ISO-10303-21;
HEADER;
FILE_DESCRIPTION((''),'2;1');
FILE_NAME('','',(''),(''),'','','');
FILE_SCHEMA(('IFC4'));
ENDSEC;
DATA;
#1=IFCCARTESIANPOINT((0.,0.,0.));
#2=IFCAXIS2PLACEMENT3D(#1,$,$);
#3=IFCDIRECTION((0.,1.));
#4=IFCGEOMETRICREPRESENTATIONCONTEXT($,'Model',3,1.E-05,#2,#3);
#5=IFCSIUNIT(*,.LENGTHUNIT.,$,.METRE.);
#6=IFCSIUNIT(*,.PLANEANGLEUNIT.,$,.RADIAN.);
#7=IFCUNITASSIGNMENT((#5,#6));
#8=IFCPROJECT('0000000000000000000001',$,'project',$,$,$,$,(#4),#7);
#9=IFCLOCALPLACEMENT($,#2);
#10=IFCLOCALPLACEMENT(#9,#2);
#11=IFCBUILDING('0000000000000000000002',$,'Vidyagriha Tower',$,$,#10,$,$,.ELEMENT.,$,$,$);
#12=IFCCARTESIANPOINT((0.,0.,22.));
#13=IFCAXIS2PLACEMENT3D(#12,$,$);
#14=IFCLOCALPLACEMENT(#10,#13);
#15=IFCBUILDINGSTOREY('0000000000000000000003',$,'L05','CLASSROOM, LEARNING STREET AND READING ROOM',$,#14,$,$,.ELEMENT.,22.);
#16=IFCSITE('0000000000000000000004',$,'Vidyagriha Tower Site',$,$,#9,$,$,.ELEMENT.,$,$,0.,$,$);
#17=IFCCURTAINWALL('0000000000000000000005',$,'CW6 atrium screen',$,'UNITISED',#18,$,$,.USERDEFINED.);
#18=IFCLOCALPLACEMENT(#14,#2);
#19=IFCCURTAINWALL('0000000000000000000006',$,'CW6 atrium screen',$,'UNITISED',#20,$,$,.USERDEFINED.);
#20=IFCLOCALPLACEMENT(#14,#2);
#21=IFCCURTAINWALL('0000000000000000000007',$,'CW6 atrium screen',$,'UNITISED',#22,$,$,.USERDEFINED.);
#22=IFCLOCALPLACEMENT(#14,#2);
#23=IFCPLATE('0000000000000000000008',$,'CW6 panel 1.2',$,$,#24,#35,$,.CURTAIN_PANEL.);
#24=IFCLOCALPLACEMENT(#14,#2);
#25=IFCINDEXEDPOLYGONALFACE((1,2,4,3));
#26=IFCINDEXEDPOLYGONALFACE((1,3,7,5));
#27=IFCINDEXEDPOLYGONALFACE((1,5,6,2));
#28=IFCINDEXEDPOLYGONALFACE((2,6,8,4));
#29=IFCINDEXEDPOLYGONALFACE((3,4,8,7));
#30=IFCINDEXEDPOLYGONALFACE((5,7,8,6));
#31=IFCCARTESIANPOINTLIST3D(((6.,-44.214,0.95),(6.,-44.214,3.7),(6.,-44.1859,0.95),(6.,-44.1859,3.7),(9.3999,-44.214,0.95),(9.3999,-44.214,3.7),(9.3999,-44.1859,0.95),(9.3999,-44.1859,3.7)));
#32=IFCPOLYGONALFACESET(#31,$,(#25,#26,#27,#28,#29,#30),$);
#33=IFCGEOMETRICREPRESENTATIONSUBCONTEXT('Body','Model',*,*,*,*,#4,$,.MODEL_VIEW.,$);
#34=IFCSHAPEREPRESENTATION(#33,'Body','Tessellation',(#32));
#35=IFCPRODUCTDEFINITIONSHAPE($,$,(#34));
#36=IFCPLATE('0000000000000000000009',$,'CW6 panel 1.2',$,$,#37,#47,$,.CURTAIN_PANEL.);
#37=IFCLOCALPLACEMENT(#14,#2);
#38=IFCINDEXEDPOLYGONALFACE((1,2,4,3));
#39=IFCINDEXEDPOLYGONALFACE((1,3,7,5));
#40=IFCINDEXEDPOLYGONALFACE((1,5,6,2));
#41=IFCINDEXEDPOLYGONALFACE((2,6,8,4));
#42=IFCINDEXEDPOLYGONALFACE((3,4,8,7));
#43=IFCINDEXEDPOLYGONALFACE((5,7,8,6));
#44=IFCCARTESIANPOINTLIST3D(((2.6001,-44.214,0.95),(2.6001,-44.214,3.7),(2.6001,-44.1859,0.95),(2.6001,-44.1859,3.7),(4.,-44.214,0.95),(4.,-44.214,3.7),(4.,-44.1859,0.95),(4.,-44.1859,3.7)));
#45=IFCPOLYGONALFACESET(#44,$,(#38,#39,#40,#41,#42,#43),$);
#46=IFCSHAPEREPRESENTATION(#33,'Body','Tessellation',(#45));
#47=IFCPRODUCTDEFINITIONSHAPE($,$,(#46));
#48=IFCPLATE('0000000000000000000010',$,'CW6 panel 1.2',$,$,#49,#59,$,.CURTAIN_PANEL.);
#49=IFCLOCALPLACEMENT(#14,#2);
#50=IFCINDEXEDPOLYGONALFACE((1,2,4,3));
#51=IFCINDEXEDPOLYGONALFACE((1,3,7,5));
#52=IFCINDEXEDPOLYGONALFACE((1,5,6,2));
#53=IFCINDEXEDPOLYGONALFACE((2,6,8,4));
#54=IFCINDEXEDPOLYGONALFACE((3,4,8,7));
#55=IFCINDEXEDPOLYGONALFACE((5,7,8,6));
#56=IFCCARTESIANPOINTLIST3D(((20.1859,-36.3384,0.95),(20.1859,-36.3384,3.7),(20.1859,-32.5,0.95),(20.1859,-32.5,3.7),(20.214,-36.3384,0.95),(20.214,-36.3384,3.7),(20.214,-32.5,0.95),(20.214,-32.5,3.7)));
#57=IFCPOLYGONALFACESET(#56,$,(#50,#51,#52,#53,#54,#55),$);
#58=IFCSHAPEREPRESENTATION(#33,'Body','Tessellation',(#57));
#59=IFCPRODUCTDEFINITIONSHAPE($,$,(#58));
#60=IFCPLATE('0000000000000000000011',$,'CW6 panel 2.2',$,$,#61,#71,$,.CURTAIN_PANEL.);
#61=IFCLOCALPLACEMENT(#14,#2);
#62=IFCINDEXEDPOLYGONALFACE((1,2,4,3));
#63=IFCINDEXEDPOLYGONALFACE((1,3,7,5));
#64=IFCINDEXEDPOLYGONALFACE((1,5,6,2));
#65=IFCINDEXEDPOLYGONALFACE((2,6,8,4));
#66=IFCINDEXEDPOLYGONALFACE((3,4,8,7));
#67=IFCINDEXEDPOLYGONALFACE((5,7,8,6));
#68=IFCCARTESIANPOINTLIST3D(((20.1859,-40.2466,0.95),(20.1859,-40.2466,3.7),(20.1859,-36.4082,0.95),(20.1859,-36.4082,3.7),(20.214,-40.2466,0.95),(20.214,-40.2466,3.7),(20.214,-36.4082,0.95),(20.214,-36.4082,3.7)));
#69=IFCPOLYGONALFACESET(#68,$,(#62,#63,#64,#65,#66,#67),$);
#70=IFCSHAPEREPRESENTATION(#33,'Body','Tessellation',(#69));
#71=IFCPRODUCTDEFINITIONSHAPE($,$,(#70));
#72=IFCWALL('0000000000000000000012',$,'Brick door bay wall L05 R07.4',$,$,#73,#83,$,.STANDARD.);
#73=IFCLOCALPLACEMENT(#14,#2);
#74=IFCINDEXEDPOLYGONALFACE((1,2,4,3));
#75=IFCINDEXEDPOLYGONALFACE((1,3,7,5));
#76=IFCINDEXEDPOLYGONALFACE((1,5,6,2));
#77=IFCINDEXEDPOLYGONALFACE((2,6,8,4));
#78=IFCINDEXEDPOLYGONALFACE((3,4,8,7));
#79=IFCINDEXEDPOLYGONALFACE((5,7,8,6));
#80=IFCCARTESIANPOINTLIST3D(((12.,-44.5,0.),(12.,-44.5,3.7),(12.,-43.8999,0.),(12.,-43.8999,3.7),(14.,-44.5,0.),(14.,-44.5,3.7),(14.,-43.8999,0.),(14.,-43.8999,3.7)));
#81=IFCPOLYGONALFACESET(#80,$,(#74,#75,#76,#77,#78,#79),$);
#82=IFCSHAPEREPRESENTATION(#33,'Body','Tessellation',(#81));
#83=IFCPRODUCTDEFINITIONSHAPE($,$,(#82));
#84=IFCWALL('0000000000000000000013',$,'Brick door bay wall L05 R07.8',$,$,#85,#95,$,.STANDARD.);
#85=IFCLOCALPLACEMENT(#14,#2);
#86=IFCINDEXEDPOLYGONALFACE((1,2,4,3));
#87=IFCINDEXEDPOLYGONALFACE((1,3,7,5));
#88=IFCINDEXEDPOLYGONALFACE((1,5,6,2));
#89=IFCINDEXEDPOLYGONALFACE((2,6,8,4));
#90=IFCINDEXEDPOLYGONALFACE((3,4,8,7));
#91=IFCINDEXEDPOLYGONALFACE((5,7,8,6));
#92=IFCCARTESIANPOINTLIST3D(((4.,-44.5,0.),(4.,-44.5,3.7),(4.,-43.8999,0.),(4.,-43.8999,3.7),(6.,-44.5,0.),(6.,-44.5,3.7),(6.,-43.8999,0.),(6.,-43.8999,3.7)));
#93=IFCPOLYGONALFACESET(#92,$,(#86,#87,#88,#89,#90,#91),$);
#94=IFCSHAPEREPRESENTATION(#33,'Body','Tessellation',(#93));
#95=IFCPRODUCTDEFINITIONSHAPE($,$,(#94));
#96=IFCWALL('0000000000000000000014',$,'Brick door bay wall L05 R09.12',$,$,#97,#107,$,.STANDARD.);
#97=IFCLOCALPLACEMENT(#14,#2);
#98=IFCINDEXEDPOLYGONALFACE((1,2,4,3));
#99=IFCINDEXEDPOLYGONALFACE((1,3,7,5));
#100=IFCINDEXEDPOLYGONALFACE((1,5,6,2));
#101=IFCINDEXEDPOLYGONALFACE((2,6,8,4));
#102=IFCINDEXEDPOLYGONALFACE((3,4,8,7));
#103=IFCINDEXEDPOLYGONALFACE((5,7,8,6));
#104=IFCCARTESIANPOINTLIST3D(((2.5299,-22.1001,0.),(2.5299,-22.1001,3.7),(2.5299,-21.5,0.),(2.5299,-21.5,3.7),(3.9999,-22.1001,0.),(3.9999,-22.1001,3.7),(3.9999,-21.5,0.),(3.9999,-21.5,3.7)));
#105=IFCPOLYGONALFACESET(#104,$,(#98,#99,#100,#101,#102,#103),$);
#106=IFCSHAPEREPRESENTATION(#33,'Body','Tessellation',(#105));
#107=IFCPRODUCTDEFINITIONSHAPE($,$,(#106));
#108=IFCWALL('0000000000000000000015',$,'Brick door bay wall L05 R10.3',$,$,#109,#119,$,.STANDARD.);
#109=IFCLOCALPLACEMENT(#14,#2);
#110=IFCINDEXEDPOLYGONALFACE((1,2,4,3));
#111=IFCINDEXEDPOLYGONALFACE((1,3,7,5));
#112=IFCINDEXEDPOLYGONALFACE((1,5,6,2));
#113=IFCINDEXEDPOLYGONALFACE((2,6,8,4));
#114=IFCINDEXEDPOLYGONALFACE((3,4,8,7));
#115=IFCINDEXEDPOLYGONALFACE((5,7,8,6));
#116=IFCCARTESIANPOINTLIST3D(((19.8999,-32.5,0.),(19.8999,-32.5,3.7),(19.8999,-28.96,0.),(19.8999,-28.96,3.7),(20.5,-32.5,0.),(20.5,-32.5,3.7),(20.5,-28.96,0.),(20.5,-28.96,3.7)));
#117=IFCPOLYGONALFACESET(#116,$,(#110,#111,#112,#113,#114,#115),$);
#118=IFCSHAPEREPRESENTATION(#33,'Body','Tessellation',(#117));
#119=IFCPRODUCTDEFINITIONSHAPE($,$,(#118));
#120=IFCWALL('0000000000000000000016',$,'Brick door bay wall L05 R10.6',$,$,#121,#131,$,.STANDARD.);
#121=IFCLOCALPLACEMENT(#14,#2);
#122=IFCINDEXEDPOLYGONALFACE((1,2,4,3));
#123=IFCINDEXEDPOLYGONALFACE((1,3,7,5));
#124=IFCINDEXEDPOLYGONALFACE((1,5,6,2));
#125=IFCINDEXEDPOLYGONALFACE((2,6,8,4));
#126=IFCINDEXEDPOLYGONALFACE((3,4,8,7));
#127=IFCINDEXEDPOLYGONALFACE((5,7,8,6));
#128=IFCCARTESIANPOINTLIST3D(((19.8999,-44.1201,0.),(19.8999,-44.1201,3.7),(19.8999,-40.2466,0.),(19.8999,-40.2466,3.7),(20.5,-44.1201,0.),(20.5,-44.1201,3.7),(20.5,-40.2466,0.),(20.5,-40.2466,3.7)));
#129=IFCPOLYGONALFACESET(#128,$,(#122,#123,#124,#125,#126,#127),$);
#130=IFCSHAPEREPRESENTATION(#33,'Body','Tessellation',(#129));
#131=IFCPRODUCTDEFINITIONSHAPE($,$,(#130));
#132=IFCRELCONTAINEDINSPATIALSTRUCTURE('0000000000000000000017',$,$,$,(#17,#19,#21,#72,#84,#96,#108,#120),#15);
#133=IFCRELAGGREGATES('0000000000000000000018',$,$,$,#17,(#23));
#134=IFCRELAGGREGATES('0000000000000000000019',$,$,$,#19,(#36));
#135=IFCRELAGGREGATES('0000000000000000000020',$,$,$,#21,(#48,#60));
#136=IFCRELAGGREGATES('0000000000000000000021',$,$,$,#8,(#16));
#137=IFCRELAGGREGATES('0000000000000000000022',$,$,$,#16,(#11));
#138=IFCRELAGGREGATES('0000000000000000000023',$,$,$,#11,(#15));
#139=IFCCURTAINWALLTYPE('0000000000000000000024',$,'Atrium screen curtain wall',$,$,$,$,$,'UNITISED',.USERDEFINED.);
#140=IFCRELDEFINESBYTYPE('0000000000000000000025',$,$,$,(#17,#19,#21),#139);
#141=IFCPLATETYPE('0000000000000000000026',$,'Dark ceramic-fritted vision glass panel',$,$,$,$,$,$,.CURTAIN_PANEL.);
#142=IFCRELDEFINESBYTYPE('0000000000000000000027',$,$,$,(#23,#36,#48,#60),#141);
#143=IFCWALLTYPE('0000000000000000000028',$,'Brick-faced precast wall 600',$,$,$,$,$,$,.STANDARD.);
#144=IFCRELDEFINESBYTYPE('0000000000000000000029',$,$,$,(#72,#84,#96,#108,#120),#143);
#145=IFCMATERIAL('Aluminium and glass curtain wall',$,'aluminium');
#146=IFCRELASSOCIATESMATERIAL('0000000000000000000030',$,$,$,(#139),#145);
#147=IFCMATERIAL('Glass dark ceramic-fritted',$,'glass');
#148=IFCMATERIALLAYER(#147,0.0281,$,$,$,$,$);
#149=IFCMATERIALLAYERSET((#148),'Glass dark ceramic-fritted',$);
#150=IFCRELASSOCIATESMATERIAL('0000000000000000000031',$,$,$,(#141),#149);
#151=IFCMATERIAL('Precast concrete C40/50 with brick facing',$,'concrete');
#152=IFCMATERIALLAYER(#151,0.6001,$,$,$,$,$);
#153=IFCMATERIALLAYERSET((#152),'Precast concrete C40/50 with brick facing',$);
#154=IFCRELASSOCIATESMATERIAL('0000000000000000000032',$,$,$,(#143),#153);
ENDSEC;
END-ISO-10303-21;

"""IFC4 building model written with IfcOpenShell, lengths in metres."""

from ifc_helpers import new_model, si_unit, direction, frame, frame_2d, origin, origin_2d, place, context, subcontext, project, spatial, rectangle, extrude, material, layer, layer_set, type_object, element, aggregate, save


model = new_model("IFC4")

# Units and contexts
model_context = context("Model", 3, precision=1e-05, world=origin(), true_north=direction((0.0, 1.0)))
body_context = subcontext(model_context, "Body", "Model", "MODEL_VIEW")
ifc_project = project(units=[si_unit("LENGTHUNIT", "METRE"), si_unit("PLANEANGLEUNIT", "RADIAN")], contexts=[model_context])

# Site, building, storey
site_placement = place(None, origin())
site = spatial("IfcSite", under=ifc_project, at=site_placement, Name="Vidyagriha Tower Site", CompositionType="ELEMENT", RefElevation=0.0)
building_placement = place(site_placement, origin())
building = spatial("IfcBuilding", under=site, at=building_placement, Name="Vidyagriha Tower", CompositionType="ELEMENT")
storey_placement = place(building_placement, frame((0.0, 0.0, 22.0)))
storey = spatial("IfcBuildingStorey", under=building, at=storey_placement, Name="L05", Description="CLASSROOM, LEARNING STREET AND READING ROOM", CompositionType="ELEMENT", Elevation=22.0)

# Curtain walls
ifc_material_1 = material(Name="Aluminium and glass curtain wall", Category="aluminium")
curtain_wall_type = type_object("IfcCurtainWallType", Name="Atrium screen curtain wall", ElementType="UNITISED", PredefinedType="USERDEFINED", material=ifc_material_1)
curtain_wall_1_placement = place(storey_placement, origin())
curtain_wall_1 = element("IfcCurtainWall", 1, at=curtain_wall_1_placement, inside=storey, type_object=curtain_wall_type, Name="CW6 atrium screen", ObjectType="UNITISED", PredefinedType="USERDEFINED")
curtain_wall_2_placement = place(storey_placement, origin())
curtain_wall_2 = element("IfcCurtainWall", 2, at=curtain_wall_2_placement, inside=storey, type_object=curtain_wall_type, Name="CW6 atrium screen", ObjectType="UNITISED", PredefinedType="USERDEFINED")
curtain_wall_3_placement = place(storey_placement, origin())
curtain_wall_3 = element("IfcCurtainWall", 3, at=curtain_wall_3_placement, inside=storey, type_object=curtain_wall_type, Name="CW6 atrium screen", ObjectType="UNITISED", PredefinedType="USERDEFINED")

# Plates
ifc_material_2 = material(Name="Glass dark ceramic-fritted", Category="glass")
ifc_layer_1 = layer(ifc_material_2, 0.0281)
ifc_layer_set_1 = layer_set([ifc_layer_1], Name="Glass dark ceramic-fritted")
plate_type_1 = type_object("IfcPlateType", Name="Dark ceramic-fritted vision glass panel", PredefinedType="CURTAIN_PANEL", material=ifc_layer_set_1)
plate_1_placement = place(storey_placement, frame((7.7, -44.2, 0.95), z_axis=(0.0, 0.0, 1.0), x_axis=(-1.0, 0.0, 0.0)))
plate_1 = element("IfcPlate", 4, at=plate_1_placement, type_object=plate_type_1, Name="CW6 panel 1.2", PredefinedType="CURTAIN_PANEL", context=body_context, shape_type="SweptSolid", body=[
    extrude(rectangle(XDim=3.3999, YDim=0.0281, at=origin_2d()), origin(), (0.0, 0.0, 1.0), 2.75),
])
aggregate(curtain_wall_1, [plate_1])
plate_2_placement = place(storey_placement, frame((3.3, -44.2, 0.95), z_axis=(0.0, 0.0, 1.0), x_axis=(-1.0, 0.0, 0.0)))
plate_2 = element("IfcPlate", 5, at=plate_2_placement, type_object=plate_type_1, Name="CW6 panel 1.2", PredefinedType="CURTAIN_PANEL", context=body_context, shape_type="SweptSolid", body=[
    extrude(rectangle(XDim=1.3999, YDim=0.0281, at=origin_2d()), origin(), (0.0, 0.0, 1.0), 2.75),
])
aggregate(curtain_wall_2, [plate_2])
plate_3_placement = place(storey_placement, frame((20.2, -34.4192, 0.95), z_axis=(0.0, 0.0, 1.0), x_axis=(0.0, -1.0, 0.0)))
plate_3 = element("IfcPlate", 6, at=plate_3_placement, type_object=plate_type_1, Name="CW6 panel 1.2", PredefinedType="CURTAIN_PANEL", context=body_context, shape_type="SweptSolid", body=[
    extrude(rectangle(XDim=3.8384, YDim=0.0281, at=origin_2d()), origin(), (0.0, 0.0, 1.0), 2.75),
])
plate_4_placement = place(storey_placement, frame((20.2, -38.3274, 0.95), z_axis=(0.0, 0.0, 1.0), x_axis=(0.0, -1.0, 0.0)))
plate_4 = element("IfcPlate", 7, at=plate_4_placement, type_object=plate_type_1, Name="CW6 panel 2.2", PredefinedType="CURTAIN_PANEL", context=body_context, shape_type="SweptSolid", body=[
    extrude(rectangle(XDim=3.8384, YDim=0.0281, at=origin_2d()), origin(), (0.0, 0.0, 1.0), 2.75),
])
aggregate(curtain_wall_3, [plate_3, plate_4])

# Walls
ifc_material_3 = material(Name="Precast concrete C40/50 with brick facing", Category="concrete")
ifc_layer_2 = layer(ifc_material_3, 0.6001)
ifc_layer_set_2 = layer_set([ifc_layer_2], Name="Precast concrete C40/50 with brick facing")
wall_type = type_object("IfcWallType", Name="Brick-faced precast wall 600", PredefinedType="STANDARD", material=ifc_layer_set_2)
for number, where, z_axis, x_axis, name in (
    (8, (14.0, -44.2, 0.0), (0.0, 0.0, 1.0), (-1.0, 0.0, 0.0), "Brick door bay wall L05 R07.4"),
    (9, (6.0, -44.2, 0.0), (0.0, 0.0, 1.0), (-1.0, 0.0, 0.0), "Brick door bay wall L05 R07.8"),
):
    element("IfcWall", number, at=place(storey_placement, frame(where, z_axis=z_axis, x_axis=x_axis)), inside=storey, type_object=wall_type, Name=name, PredefinedType="STANDARD", context=body_context, shape_type="SweptSolid", body=[
        extrude(rectangle(XDim=2.0, YDim=0.6001, at=frame_2d((1.0, 0.0))), origin(), (0.0, 0.0, 1.0), 3.7),
    ])
wall_1_placement = place(storey_placement, frame((2.53, -21.8, 0.0)))
element("IfcWall", 10, at=wall_1_placement, inside=storey, type_object=wall_type, Name="Brick door bay wall L05 R09.12", PredefinedType="STANDARD", context=body_context, shape_type="SweptSolid", body=[
    extrude(rectangle(XDim=1.47, YDim=0.6001, at=frame_2d((0.7349, 0.0))), origin(), (0.0, 0.0, 1.0), 3.7),
])
wall_2_placement = place(storey_placement, frame((20.2, -28.96, 0.0), z_axis=(0.0, 0.0, 1.0), x_axis=(0.0, -1.0, 0.0)))
element("IfcWall", 11, at=wall_2_placement, inside=storey, type_object=wall_type, Name="Brick door bay wall L05 R10.3", PredefinedType="STANDARD", context=body_context, shape_type="SweptSolid", body=[
    extrude(rectangle(XDim=3.54, YDim=0.6001, at=frame_2d((1.77, 0.0))), origin(), (0.0, 0.0, 1.0), 3.7),
])
wall_3_placement = place(storey_placement, frame((20.2, -40.2466, 0.0), z_axis=(0.0, 0.0, 1.0), x_axis=(0.0, -1.0, 0.0)))
element("IfcWall", 12, at=wall_3_placement, inside=storey, type_object=wall_type, Name="Brick door bay wall L05 R10.6", PredefinedType="STANDARD", context=body_context, shape_type="SweptSolid", body=[
    extrude(rectangle(XDim=3.8735, YDim=0.6001, at=frame_2d((1.9368, 0.0))), origin(), (0.0, 0.0, 1.0), 3.7),
])

save(model, "model.ifc")
